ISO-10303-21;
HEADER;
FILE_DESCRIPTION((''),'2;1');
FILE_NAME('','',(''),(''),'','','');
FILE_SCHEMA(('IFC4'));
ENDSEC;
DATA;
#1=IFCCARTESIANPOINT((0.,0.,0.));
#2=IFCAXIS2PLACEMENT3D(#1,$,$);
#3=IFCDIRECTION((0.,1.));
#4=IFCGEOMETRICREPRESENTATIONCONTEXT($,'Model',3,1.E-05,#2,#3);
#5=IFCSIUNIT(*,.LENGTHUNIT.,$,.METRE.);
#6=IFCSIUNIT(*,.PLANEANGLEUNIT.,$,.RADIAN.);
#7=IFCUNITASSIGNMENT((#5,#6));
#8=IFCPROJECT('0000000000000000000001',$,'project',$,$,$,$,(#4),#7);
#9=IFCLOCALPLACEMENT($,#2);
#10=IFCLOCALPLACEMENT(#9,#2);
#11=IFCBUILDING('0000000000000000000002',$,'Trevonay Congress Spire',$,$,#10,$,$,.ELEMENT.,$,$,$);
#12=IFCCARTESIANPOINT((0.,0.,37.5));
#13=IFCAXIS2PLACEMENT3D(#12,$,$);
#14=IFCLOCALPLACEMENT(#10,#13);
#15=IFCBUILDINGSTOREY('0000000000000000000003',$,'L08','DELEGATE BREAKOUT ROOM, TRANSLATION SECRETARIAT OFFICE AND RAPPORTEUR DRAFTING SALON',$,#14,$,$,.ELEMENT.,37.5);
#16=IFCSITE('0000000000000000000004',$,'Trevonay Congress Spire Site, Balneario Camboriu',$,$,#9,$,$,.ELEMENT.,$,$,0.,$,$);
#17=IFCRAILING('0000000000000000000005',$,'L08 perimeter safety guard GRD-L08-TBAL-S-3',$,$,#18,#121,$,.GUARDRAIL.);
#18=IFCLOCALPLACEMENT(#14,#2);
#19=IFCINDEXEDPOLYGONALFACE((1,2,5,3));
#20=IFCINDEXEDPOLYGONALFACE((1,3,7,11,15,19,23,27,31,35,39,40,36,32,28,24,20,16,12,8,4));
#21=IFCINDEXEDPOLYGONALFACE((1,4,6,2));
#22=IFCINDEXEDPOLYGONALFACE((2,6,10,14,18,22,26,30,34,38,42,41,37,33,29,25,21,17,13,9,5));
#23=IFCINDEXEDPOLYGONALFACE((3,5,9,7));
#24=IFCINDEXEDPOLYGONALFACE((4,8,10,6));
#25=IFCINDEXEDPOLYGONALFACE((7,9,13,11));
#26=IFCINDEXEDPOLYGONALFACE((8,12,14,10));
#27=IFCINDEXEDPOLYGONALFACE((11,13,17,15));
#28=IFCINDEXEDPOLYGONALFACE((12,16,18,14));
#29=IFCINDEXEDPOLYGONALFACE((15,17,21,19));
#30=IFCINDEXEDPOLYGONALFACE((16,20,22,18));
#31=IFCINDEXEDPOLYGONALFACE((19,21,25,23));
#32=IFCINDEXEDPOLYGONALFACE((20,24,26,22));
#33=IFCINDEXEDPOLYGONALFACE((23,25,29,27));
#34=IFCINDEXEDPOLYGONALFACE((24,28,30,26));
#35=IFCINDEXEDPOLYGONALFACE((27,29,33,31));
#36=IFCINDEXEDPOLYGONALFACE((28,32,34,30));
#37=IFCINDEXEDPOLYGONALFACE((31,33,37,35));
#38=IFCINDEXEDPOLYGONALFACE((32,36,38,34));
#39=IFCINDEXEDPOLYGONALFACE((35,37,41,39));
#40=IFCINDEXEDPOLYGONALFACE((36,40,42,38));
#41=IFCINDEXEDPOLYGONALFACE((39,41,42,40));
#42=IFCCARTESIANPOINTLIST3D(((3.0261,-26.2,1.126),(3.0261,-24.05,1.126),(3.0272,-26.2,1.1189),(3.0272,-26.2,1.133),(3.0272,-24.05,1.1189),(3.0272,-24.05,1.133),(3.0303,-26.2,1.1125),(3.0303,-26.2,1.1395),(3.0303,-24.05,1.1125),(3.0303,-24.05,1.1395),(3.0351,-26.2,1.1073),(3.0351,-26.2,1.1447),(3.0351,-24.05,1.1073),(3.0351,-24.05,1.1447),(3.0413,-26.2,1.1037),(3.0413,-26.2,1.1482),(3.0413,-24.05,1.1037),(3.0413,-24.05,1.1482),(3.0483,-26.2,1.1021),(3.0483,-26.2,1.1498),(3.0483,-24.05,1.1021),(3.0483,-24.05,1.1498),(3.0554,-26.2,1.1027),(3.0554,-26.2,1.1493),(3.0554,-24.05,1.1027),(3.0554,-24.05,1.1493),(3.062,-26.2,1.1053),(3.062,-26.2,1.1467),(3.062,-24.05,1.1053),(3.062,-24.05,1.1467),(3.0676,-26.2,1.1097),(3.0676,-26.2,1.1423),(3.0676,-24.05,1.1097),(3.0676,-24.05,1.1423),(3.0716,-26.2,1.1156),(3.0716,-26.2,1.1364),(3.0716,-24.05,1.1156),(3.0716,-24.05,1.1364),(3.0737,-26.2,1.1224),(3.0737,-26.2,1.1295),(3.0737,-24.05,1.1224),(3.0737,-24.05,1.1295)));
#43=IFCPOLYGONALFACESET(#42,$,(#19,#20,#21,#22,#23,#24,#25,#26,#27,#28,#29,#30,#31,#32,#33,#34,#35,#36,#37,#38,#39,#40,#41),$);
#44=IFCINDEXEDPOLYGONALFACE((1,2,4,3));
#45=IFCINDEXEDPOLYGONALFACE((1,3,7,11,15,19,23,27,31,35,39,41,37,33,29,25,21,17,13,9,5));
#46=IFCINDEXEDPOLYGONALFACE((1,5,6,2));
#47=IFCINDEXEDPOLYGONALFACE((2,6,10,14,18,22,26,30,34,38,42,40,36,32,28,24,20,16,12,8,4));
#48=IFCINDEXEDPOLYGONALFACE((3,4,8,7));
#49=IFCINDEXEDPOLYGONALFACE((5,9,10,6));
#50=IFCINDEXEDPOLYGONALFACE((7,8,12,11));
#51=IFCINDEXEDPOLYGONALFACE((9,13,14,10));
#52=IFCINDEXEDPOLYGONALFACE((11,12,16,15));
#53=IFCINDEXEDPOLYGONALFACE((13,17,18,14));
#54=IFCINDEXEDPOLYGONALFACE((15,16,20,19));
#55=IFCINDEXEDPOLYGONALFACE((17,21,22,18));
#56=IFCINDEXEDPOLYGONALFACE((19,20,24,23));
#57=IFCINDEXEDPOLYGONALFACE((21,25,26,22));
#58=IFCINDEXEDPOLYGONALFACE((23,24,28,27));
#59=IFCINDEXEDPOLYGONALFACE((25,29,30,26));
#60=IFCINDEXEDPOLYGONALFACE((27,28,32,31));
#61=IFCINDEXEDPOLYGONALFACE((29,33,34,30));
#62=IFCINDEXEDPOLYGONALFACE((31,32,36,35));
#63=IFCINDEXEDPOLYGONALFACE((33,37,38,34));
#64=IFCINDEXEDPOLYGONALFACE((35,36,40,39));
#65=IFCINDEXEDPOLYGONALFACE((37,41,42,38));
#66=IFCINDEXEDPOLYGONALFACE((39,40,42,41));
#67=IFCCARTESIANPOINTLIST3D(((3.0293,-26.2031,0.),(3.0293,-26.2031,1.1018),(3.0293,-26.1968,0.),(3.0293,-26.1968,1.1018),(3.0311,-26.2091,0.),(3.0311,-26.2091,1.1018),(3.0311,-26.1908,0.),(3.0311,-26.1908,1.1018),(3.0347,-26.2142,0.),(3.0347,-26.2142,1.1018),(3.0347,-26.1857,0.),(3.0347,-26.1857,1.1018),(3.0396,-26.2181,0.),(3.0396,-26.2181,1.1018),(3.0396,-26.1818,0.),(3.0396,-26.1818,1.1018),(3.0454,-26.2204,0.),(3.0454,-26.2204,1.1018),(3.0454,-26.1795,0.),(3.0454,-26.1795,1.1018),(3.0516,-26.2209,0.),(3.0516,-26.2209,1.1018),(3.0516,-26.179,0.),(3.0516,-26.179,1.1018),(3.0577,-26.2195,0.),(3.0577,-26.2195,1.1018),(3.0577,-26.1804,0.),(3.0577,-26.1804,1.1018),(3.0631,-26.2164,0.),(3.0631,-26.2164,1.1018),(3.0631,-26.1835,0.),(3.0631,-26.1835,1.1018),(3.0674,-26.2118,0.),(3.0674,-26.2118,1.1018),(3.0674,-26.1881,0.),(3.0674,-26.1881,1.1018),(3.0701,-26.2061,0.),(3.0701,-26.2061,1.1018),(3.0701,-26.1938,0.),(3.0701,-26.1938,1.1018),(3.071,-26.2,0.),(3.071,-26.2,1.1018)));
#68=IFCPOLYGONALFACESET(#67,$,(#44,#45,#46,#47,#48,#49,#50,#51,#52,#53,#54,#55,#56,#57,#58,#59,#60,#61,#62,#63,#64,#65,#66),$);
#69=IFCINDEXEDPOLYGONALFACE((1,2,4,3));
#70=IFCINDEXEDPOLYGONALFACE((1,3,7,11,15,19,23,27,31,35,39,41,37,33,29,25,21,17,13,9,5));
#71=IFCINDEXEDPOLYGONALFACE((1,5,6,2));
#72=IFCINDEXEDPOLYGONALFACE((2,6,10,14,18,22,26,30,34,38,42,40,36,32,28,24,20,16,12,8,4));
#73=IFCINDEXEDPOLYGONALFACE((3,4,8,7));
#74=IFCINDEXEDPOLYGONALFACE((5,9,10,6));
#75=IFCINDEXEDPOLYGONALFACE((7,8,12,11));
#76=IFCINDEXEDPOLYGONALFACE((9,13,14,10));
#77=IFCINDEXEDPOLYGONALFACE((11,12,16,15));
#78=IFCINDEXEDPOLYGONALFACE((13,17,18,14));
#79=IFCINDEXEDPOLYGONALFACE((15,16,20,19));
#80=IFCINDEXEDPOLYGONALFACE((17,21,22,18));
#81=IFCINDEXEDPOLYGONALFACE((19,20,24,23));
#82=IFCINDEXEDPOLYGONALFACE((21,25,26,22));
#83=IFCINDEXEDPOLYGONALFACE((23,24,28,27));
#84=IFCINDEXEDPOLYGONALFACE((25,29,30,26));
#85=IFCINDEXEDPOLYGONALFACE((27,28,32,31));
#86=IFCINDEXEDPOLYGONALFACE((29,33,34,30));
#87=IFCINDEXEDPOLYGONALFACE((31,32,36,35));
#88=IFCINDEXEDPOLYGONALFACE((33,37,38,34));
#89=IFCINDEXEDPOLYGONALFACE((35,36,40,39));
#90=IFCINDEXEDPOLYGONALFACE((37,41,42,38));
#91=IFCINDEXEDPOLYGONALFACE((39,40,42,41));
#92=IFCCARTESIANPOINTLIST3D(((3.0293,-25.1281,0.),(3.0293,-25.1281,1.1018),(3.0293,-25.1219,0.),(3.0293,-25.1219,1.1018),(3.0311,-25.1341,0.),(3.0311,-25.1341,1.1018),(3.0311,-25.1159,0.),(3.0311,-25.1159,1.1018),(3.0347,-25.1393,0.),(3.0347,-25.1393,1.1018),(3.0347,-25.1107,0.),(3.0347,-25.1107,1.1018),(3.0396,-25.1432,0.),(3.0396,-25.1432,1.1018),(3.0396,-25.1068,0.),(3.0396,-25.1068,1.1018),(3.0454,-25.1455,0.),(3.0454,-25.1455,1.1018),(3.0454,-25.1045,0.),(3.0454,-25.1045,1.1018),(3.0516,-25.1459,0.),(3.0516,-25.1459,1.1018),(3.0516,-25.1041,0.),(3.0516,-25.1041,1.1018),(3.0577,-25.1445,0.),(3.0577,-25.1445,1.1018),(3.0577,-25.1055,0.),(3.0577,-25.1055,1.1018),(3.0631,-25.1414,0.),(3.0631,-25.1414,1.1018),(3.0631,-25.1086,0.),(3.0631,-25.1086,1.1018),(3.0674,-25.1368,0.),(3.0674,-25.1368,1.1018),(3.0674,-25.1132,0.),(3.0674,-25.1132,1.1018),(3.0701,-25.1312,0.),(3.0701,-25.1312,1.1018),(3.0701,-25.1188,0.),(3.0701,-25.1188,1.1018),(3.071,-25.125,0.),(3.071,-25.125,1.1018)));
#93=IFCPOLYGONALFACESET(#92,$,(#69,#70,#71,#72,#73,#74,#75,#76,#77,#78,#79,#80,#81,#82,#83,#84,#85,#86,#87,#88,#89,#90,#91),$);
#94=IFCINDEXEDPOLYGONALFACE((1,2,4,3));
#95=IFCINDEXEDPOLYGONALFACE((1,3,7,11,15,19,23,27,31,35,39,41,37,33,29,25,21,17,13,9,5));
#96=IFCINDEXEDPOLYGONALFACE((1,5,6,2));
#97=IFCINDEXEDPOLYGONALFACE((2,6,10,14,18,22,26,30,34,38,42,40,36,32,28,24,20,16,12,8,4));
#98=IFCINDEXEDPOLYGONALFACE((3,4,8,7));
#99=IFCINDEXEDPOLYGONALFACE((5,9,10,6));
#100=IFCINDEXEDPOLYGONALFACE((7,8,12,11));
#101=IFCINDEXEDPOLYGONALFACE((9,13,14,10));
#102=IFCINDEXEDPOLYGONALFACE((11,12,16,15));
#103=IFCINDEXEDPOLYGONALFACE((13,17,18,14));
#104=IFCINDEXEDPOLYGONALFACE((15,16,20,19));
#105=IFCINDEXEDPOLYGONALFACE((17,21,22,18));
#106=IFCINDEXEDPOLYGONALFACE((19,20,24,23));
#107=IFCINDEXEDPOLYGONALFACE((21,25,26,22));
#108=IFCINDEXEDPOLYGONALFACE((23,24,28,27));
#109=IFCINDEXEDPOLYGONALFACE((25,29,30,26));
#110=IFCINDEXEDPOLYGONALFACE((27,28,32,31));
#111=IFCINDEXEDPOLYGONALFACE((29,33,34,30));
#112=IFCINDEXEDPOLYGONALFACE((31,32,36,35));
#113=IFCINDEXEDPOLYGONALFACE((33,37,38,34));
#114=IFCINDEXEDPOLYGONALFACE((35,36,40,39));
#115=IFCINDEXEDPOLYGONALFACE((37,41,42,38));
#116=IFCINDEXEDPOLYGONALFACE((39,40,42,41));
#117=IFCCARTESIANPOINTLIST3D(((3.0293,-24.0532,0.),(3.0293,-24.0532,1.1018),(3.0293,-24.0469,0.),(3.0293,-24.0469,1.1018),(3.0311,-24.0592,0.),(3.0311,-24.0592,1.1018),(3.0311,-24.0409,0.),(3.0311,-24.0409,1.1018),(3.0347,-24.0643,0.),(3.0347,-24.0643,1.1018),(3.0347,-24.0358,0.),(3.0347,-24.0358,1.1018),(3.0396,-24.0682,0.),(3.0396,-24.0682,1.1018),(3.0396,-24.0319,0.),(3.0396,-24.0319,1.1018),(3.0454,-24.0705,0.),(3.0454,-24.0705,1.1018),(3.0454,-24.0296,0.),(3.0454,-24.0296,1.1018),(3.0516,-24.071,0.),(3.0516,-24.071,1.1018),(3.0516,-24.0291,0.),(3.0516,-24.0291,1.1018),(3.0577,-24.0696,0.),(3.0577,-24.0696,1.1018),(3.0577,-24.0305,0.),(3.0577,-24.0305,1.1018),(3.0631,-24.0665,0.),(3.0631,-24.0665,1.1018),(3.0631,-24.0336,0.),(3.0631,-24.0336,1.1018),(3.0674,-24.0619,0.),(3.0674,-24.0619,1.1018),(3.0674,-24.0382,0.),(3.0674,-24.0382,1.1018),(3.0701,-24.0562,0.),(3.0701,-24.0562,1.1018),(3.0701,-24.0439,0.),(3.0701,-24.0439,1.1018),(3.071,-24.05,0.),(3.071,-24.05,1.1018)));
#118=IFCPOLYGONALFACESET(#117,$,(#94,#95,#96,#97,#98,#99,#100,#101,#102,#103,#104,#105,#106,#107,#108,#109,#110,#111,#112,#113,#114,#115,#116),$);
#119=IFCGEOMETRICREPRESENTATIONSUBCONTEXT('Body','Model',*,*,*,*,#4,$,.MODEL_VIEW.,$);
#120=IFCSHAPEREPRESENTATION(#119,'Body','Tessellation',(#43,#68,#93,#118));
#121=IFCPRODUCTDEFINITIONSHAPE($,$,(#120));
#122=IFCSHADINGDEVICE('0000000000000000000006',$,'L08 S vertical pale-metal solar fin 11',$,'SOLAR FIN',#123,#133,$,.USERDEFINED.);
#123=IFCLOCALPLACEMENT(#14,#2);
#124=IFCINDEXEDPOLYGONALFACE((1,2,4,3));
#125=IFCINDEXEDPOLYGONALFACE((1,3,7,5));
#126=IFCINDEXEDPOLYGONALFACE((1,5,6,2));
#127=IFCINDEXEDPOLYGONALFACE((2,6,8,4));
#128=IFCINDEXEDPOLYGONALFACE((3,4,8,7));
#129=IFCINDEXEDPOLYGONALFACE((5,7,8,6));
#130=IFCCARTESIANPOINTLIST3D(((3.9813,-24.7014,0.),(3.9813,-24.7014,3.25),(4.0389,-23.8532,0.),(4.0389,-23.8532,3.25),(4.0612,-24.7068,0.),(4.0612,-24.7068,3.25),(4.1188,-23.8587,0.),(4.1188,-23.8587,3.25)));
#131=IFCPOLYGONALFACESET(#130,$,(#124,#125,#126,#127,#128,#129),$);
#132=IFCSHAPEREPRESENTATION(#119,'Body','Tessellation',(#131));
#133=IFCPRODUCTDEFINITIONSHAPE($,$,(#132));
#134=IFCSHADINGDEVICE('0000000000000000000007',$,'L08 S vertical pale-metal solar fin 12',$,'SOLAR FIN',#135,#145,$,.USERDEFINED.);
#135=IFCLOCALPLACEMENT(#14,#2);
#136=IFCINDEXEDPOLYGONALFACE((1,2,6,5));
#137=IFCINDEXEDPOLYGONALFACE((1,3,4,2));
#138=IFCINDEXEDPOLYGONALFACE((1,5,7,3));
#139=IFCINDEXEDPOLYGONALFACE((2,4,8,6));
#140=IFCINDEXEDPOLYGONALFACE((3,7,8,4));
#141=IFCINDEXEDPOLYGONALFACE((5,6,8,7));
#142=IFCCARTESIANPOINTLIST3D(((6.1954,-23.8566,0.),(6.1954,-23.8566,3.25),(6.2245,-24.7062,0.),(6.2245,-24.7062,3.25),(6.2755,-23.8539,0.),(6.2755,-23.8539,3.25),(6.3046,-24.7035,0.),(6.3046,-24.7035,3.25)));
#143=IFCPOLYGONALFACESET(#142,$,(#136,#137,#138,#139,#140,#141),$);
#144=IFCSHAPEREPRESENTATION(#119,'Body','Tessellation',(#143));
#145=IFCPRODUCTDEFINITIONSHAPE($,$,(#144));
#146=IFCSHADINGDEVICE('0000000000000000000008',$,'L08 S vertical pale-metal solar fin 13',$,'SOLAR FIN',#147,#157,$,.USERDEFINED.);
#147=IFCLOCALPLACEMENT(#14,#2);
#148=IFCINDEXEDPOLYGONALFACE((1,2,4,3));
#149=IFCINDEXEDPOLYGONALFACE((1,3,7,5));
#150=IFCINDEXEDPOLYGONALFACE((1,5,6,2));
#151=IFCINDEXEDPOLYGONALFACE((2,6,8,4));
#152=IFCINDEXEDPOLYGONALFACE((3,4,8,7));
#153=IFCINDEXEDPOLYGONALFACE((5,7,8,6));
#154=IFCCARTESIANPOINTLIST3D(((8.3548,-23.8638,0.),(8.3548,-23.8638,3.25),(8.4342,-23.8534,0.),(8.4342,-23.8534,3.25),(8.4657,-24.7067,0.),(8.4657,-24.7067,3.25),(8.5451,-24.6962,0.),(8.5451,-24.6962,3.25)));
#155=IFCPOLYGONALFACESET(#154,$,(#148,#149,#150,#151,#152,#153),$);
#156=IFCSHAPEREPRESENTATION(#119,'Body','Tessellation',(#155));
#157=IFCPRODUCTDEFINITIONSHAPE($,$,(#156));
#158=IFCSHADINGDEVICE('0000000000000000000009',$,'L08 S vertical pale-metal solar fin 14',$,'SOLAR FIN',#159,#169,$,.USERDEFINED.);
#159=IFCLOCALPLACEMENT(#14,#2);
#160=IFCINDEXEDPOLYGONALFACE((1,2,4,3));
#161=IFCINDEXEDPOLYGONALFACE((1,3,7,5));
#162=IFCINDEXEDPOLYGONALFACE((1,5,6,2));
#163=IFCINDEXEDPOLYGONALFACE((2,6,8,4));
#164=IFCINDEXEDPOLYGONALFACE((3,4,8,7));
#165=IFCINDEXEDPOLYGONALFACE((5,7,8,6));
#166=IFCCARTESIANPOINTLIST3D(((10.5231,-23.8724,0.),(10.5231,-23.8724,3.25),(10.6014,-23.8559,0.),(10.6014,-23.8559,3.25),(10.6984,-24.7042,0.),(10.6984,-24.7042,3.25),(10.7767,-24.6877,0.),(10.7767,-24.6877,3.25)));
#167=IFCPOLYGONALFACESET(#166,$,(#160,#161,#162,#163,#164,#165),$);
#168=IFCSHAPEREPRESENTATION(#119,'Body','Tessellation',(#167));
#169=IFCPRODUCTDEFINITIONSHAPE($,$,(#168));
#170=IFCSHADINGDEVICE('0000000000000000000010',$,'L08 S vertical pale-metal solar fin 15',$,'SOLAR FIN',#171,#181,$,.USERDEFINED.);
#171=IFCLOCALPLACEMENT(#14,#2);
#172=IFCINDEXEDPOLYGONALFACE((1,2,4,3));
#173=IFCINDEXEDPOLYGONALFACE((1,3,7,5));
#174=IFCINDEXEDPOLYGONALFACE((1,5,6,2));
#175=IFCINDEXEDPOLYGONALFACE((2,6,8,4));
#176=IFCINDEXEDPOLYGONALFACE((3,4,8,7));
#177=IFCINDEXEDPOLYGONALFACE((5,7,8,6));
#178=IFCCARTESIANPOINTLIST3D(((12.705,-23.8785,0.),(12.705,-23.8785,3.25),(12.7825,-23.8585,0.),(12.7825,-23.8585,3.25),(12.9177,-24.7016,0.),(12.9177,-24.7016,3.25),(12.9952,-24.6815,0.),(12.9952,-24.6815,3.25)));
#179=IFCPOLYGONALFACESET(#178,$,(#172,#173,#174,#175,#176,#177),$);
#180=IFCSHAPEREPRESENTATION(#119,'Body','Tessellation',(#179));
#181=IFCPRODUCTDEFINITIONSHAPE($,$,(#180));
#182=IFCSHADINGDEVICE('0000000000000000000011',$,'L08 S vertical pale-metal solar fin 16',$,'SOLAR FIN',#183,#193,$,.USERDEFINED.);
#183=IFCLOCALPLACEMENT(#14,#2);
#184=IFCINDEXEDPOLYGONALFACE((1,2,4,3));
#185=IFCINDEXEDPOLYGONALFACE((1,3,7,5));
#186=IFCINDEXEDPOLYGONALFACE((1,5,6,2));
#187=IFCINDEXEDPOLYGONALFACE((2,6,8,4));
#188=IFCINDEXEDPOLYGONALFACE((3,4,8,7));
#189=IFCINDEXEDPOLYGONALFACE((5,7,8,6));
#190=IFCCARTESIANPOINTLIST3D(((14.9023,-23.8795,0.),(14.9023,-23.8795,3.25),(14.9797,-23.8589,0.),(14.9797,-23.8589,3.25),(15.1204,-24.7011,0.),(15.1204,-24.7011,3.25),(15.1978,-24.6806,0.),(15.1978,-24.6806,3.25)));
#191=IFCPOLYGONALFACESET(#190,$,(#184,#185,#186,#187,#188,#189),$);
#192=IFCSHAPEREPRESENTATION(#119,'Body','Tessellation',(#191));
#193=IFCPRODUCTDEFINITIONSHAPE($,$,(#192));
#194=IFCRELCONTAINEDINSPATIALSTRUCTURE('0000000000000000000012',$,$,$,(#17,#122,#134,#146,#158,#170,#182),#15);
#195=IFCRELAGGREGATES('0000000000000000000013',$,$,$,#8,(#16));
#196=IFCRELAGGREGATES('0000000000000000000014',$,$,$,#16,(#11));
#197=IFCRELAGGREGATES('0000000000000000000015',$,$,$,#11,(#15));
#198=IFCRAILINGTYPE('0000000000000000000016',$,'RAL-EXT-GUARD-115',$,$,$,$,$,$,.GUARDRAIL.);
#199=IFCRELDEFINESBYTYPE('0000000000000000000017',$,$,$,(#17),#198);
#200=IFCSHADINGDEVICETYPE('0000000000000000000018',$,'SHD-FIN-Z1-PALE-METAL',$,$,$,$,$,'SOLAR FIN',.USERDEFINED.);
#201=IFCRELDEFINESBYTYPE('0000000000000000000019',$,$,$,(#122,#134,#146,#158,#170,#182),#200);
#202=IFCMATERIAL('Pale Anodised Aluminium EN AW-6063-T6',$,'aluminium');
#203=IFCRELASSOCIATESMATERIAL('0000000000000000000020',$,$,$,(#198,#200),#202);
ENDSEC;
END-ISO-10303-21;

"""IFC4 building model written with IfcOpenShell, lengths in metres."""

from ifc_helpers import new_model, si_unit, direction, frame, origin, origin_2d, place, context, subcontext, project, spatial, rectangle, circle, extrude, material, type_object, element, save


model = new_model("IFC4")

# Units and contexts
model_context = context("Model", 3, precision=1e-05, world=origin(), true_north=direction((0.0, 1.0)))
body_context = subcontext(model_context, "Body", "Model", "MODEL_VIEW")
ifc_project = project(units=[si_unit("LENGTHUNIT", "METRE"), si_unit("PLANEANGLEUNIT", "RADIAN")], contexts=[model_context])

# Site, building, storey
site_placement = place(None, origin())
site = spatial("IfcSite", under=ifc_project, at=site_placement, Name="Trevonay Congress Spire Site, Balneario Camboriu", CompositionType="ELEMENT", RefElevation=0.0)
building_placement = place(site_placement, origin())
building = spatial("IfcBuilding", under=site, at=building_placement, Name="Trevonay Congress Spire", CompositionType="ELEMENT")
storey_placement = place(building_placement, frame((0.0, 0.0, 37.5)))
storey = spatial("IfcBuildingStorey", under=building, at=storey_placement, Name="L08", Description="DELEGATE BREAKOUT ROOM, TRANSLATION SECRETARIAT OFFICE AND RAPPORTEUR DRAFTING SALON", CompositionType="ELEMENT", Elevation=37.5)

# Shared definitions
ifc_material_1 = material(Name="Pale Anodised Aluminium EN AW-6063-T6", Category="aluminium")

# Railing
railing_type = type_object("IfcRailingType", Name="RAL-EXT-GUARD-115", PredefinedType="GUARDRAIL", material=ifc_material_1)
railing_placement = place(storey_placement, frame((3.05, -26.2, 0.0)))
element("IfcRailing", 1, at=railing_placement, inside=storey, type_object=railing_type, Name="L08 perimeter safety guard GRD-L08-TBAL-S-3", PredefinedType="GUARDRAIL", context=body_context, shape_type="SweptSolid", body=[
    extrude(circle(Radius=0.0239, at=origin_2d()), frame((0.0, 0.0, 1.126), z_axis=(0.0, 1.0, 0.0), x_axis=(-1.0, 0.0, 0.0)), (0.0, 0.0, 1.0), 2.1499),
    extrude(circle(Radius=0.021, at=origin_2d()), origin(), (0.0, 0.0, 1.0), 1.1018),
    extrude(circle(Radius=0.021, at=origin_2d()), frame((0.0, 1.075, 0.0)), (0.0, 0.0, 1.0), 1.1018),
    extrude(circle(Radius=0.021, at=origin_2d()), frame((0.0, 2.1499, 0.0)), (0.0, 0.0, 1.0), 1.1018),
])

# Shading devices
shading_device_type = type_object("IfcShadingDeviceType", Name="SHD-FIN-Z1-PALE-METAL", ElementType="SOLAR FIN", PredefinedType="USERDEFINED", material=ifc_material_1)
for number, where, z_axis, x_axis, name in (
    (2, (4.05, -24.28, 0.0), (0.0, 0.0, 1.0), (0.997708, -0.067667, 0.0), "L08 S vertical pale-metal solar fin 11"),
    (3, (6.25, -24.28, 0.0), (0.0, 0.0, 1.0), (0.999415, 0.034202, 0.0), "L08 S vertical pale-metal solar fin 12"),
    (4, (8.45, -24.28, 0.0), (0.0, 0.0, 1.0), (0.991445, 0.130526, 0.0), "L08 S vertical pale-metal solar fin 13"),
    (5, (10.6499, -24.28, 0.0), (0.0, 0.0, 1.0), (0.978509, 0.206204, 0.0), "L08 S vertical pale-metal solar fin 14"),
    (6, (12.8501, -24.28, 0.0), (0.0, 0.0, 1.0), (0.968191, 0.250211, 0.0), "L08 S vertical pale-metal solar fin 15"),
    (7, (15.05, -24.28, 0.0), (0.0, 0.0, 1.0), (0.966511, 0.256627, 0.0), "L08 S vertical pale-metal solar fin 16"),
):
    element("IfcShadingDevice", number, at=place(storey_placement, frame(where, z_axis=z_axis, x_axis=x_axis)), inside=storey, type_object=shading_device_type, Name=name, ObjectType="SOLAR FIN", PredefinedType="USERDEFINED", context=body_context, shape_type="SweptSolid", body=[
        extrude(rectangle(XDim=0.0801, YDim=0.8501, at=origin_2d()), origin(), (0.0, 0.0, 1.0), 3.25),
    ])

save(model, "model.ifc")
